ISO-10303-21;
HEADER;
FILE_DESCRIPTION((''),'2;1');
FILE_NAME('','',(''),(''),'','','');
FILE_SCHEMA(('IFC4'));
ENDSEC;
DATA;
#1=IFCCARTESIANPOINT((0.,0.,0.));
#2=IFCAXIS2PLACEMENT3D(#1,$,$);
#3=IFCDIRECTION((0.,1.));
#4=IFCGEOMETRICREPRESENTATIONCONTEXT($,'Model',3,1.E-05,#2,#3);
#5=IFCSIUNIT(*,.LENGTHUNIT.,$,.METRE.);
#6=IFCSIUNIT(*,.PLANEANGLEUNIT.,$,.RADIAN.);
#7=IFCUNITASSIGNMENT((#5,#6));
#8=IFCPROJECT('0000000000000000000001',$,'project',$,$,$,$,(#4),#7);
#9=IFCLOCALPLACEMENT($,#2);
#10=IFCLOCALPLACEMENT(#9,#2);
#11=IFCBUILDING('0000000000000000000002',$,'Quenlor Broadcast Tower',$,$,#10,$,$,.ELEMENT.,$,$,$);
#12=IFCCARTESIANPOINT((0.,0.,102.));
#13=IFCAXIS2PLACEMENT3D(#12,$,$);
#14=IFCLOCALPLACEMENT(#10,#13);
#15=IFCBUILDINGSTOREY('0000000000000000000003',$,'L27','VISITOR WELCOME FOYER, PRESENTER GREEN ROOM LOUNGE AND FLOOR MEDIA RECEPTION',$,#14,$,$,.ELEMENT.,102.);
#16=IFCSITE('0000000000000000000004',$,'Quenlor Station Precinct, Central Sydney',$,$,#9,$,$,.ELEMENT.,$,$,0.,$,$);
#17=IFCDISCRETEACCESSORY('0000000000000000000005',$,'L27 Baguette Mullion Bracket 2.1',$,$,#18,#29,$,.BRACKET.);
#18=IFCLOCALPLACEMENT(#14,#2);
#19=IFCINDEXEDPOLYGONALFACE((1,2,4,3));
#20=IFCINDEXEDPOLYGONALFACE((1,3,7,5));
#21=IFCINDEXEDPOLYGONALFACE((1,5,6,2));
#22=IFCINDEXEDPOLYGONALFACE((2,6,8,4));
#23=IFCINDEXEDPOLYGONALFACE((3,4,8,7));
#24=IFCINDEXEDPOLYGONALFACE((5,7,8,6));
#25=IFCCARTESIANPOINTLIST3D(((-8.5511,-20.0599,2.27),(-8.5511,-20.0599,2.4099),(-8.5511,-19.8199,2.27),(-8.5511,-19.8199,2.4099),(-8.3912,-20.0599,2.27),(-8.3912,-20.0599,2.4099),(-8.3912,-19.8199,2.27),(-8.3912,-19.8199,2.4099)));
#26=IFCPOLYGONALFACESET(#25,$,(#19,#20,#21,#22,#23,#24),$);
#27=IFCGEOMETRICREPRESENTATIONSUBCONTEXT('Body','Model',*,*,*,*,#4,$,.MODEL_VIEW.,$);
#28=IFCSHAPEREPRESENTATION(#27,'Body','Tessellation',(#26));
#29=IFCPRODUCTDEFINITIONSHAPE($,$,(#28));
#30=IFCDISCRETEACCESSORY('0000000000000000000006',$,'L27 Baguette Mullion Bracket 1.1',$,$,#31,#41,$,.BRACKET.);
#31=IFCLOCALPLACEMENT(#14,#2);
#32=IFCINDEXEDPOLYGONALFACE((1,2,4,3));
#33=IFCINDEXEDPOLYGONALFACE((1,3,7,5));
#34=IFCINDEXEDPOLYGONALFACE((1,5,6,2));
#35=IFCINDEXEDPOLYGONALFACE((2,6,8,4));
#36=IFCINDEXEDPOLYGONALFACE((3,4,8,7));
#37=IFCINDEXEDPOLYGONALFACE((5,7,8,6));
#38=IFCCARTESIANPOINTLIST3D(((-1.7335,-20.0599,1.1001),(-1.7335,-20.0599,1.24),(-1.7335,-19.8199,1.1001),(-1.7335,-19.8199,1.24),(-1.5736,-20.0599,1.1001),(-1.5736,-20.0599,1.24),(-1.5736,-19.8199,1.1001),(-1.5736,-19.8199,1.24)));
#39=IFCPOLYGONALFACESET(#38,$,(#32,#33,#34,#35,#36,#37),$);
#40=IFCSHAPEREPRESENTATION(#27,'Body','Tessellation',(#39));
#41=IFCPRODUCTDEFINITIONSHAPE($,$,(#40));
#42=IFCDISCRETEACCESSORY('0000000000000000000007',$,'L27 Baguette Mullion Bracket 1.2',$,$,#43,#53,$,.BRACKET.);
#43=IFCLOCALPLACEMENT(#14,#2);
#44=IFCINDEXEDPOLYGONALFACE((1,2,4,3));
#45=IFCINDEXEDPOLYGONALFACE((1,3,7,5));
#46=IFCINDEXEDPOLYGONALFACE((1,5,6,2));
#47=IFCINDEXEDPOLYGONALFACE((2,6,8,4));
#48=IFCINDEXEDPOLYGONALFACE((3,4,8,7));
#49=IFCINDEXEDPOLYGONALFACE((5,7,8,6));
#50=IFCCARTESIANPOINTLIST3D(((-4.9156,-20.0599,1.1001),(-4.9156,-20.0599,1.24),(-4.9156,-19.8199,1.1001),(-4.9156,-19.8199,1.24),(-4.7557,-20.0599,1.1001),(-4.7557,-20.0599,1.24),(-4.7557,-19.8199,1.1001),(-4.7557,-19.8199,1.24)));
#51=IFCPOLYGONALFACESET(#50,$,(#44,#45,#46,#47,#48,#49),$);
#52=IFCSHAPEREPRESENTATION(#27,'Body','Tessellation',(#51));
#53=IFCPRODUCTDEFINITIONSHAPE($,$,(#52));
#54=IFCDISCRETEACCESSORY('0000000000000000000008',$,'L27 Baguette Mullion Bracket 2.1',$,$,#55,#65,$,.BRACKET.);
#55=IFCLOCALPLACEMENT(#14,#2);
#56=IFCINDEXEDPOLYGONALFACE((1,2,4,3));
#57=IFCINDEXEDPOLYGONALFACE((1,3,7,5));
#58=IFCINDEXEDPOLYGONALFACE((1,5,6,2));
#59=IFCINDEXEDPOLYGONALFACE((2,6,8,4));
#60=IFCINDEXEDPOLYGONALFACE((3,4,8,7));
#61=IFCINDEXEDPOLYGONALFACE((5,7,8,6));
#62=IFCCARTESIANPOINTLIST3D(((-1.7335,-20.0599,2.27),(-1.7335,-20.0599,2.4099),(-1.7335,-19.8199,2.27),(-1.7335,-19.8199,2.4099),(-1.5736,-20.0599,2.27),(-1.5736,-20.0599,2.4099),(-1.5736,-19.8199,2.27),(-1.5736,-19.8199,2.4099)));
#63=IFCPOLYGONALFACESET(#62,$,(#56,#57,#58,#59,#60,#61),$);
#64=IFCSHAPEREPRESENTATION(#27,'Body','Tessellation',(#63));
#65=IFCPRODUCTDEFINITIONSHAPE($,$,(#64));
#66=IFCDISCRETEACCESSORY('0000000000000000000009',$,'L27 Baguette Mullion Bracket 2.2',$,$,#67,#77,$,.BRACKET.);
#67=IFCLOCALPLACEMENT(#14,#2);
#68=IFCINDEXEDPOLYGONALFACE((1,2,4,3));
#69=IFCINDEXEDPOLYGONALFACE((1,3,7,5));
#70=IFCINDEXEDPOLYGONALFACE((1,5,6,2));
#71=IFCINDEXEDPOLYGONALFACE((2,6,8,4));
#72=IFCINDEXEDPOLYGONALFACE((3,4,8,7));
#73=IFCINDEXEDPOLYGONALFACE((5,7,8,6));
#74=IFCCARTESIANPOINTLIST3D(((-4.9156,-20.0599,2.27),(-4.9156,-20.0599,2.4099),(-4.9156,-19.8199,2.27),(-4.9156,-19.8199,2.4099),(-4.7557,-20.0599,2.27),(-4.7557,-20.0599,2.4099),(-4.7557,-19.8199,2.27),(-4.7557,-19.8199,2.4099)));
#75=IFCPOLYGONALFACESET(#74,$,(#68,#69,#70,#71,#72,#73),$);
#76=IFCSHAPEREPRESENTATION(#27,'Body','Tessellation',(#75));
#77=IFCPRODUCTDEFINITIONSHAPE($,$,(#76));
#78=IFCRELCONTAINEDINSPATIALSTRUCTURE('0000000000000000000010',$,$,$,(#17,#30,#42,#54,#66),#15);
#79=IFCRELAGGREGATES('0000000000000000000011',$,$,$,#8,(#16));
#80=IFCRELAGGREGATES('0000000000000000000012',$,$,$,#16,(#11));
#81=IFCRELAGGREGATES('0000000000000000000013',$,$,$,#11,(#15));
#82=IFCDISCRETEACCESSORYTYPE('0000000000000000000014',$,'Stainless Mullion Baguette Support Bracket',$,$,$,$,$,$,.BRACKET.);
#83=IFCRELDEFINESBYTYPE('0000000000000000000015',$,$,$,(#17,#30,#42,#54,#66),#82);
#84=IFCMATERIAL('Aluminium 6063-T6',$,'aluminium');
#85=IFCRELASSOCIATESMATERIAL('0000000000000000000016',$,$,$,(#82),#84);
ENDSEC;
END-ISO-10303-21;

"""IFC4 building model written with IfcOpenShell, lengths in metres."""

from ifc_helpers import new_model, si_unit, direction, frame, origin, origin_2d, place, context, subcontext, project, spatial, rectangle, extrude, material, type_object, element, save


model = new_model("IFC4")

# Units and contexts
model_context = context("Model", 3, precision=1e-05, world=origin(), true_north=direction((0.0, 1.0)))
body_context = subcontext(model_context, "Body", "Model", "MODEL_VIEW")
ifc_project = project(units=[si_unit("LENGTHUNIT", "METRE"), si_unit("PLANEANGLEUNIT", "RADIAN")], contexts=[model_context])

# Site, building, storey
site_placement = place(None, origin())
site = spatial("IfcSite", under=ifc_project, at=site_placement, Name="Quenlor Station Precinct, Central Sydney", CompositionType="ELEMENT", RefElevation=0.0)
building_placement = place(site_placement, origin())
building = spatial("IfcBuilding", under=site, at=building_placement, Name="Quenlor Broadcast Tower", CompositionType="ELEMENT")
storey_placement = place(building_placement, frame((0.0, 0.0, 102.0)))
storey = spatial("IfcBuildingStorey", under=building, at=storey_placement, Name="L27", Description="VISITOR WELCOME FOYER, PRESENTER GREEN ROOM LOUNGE AND FLOOR MEDIA RECEPTION", CompositionType="ELEMENT", Elevation=102.0)

# Discrete accessories
ifc_material_1 = material(Name="Aluminium 6063-T6", Category="aluminium")
discrete_accessory_type = type_object("IfcDiscreteAccessoryType", Name="Stainless Mullion Baguette Support Bracket", PredefinedType="BRACKET", material=ifc_material_1)
for number, where, z_axis, x_axis, name in (
    (1, (-8.4712, -19.9399, 2.27), (0.0, 0.0, 1.0), (-1.0, 0.0, 0.0), "L27 Baguette Mullion Bracket 2.1"),
    (2, (-1.6536, -19.9399, 1.1001), (0.0, 0.0, 1.0), (-1.0, 0.0, 0.0), "L27 Baguette Mullion Bracket 1.1"),
    (3, (-4.8357, -19.9399, 1.1001), (0.0, 0.0, 1.0), (-1.0, 0.0, 0.0), "L27 Baguette Mullion Bracket 1.2"),
    (4, (-1.6536, -19.9399, 2.27), (0.0, 0.0, 1.0), (-1.0, 0.0, 0.0), "L27 Baguette Mullion Bracket 2.1"),
    (5, (-4.8357, -19.9399, 2.27), (0.0, 0.0, 1.0), (-1.0, 0.0, 0.0), "L27 Baguette Mullion Bracket 2.2"),
):
    element("IfcDiscreteAccessory", number, at=place(storey_placement, frame(where, z_axis=z_axis, x_axis=x_axis)), inside=storey, type_object=discrete_accessory_type, Name=name, PredefinedType="BRACKET", context=body_context, shape_type="SweptSolid", body=[
        extrude(rectangle(XDim=0.1599, YDim=0.24, at=origin_2d()), origin(), (0.0, 0.0, 1.0), 0.1399),
    ])

save(model, "model.ifc")
